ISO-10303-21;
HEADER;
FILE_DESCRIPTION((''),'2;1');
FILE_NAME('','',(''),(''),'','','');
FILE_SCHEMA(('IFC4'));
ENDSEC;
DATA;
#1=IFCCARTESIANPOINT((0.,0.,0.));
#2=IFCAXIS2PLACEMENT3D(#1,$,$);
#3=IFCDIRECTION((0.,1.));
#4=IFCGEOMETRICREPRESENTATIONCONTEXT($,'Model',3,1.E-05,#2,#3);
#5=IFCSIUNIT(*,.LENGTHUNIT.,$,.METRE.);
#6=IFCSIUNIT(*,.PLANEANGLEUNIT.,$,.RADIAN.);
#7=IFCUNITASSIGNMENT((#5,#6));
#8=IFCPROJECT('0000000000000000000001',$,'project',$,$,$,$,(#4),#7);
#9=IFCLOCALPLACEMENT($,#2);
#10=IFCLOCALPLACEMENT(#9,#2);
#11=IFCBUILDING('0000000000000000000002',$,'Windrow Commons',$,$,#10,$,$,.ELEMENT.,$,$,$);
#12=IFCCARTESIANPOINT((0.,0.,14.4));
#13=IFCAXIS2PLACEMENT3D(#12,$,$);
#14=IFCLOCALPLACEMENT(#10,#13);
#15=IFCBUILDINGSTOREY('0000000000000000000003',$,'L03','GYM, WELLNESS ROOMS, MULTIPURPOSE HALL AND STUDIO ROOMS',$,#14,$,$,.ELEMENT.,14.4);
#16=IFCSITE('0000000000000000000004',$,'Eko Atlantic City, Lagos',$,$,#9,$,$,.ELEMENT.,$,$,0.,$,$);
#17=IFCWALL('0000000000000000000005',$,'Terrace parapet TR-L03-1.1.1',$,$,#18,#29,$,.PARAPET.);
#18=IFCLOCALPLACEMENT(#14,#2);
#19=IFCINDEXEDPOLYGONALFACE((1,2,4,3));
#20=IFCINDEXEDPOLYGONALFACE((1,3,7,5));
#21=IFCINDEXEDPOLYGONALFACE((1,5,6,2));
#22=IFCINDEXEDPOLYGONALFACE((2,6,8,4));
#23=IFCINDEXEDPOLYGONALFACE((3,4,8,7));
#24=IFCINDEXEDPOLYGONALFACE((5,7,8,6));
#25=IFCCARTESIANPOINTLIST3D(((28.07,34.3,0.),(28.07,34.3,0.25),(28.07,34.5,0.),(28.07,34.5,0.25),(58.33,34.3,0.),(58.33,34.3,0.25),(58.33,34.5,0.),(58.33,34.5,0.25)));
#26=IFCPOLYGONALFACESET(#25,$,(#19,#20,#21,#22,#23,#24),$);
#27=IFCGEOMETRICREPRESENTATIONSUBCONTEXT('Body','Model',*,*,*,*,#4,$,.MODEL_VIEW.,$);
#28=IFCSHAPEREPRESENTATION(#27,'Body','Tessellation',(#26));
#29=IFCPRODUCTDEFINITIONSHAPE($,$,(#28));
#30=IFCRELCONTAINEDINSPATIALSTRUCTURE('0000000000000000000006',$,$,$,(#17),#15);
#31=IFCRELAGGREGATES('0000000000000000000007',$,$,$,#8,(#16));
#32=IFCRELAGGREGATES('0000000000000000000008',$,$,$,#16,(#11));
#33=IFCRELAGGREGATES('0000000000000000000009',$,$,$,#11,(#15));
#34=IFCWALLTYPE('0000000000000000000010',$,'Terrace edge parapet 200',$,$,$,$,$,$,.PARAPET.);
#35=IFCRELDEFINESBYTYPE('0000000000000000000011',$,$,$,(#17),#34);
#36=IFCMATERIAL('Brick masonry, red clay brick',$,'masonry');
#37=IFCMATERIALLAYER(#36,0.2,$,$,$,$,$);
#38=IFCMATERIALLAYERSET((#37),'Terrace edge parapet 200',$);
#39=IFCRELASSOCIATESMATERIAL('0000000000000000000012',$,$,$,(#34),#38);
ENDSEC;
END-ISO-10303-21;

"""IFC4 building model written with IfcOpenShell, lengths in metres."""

from ifc_helpers import new_model, si_unit, direction, frame, origin, place, context, subcontext, project, spatial, polyline, outline, extrude, material, layer, layer_set, type_object, element, save


model = new_model("IFC4")

# Units and contexts
model_context = context("Model", 3, precision=1e-05, world=origin(), true_north=direction((0.0, 1.0)))
body_context = subcontext(model_context, "Body", "Model", "MODEL_VIEW")
ifc_project = project(units=[si_unit("LENGTHUNIT", "METRE"), si_unit("PLANEANGLEUNIT", "RADIAN")], contexts=[model_context])

# Site, building, storey
site_placement = place(None, origin())
site = spatial("IfcSite", under=ifc_project, at=site_placement, Name="Eko Atlantic City, Lagos", CompositionType="ELEMENT", RefElevation=0.0)
building_placement = place(site_placement, origin())
building = spatial("IfcBuilding", under=site, at=building_placement, Name="Windrow Commons", CompositionType="ELEMENT")
storey_placement = place(building_placement, frame((0.0, 0.0, 14.4)))
storey = spatial("IfcBuildingStorey", under=building, at=storey_placement, Name="L03", Description="GYM, WELLNESS ROOMS, MULTIPURPOSE HALL AND STUDIO ROOMS", CompositionType="ELEMENT", Elevation=14.4)

# Wall
ifc_material_1 = material(Name="Brick masonry, red clay brick", Category="masonry")
ifc_layer_1 = layer(ifc_material_1, 0.2)
ifc_layer_set_1 = layer_set([ifc_layer_1], Name="Terrace edge parapet 200")
wall_type_1 = type_object("IfcWallType", Name="Terrace edge parapet 200", PredefinedType="PARAPET", material=ifc_layer_set_1)
wall_1_placement = place(storey_placement, frame((58.33, 34.4, 0.0), z_axis=(0.0, 0.0, 1.0), x_axis=(-1.0, 0.0, 0.0)))
element("IfcWall", 1, at=wall_1_placement, inside=storey, type_object=wall_type_1, Name="Terrace parapet TR-L03-1.1.1", PredefinedType="PARAPET", context=body_context, shape_type="SweptSolid", body=[
    extrude(outline(polyline([(0.0, -0.1), (30.26, -0.1), (30.26, 0.1), (0.0, 0.1), (0.0, -0.1)])), origin(), (0.0, 0.0, 1.0), 0.25),
])

save(model, "model.ifc")
